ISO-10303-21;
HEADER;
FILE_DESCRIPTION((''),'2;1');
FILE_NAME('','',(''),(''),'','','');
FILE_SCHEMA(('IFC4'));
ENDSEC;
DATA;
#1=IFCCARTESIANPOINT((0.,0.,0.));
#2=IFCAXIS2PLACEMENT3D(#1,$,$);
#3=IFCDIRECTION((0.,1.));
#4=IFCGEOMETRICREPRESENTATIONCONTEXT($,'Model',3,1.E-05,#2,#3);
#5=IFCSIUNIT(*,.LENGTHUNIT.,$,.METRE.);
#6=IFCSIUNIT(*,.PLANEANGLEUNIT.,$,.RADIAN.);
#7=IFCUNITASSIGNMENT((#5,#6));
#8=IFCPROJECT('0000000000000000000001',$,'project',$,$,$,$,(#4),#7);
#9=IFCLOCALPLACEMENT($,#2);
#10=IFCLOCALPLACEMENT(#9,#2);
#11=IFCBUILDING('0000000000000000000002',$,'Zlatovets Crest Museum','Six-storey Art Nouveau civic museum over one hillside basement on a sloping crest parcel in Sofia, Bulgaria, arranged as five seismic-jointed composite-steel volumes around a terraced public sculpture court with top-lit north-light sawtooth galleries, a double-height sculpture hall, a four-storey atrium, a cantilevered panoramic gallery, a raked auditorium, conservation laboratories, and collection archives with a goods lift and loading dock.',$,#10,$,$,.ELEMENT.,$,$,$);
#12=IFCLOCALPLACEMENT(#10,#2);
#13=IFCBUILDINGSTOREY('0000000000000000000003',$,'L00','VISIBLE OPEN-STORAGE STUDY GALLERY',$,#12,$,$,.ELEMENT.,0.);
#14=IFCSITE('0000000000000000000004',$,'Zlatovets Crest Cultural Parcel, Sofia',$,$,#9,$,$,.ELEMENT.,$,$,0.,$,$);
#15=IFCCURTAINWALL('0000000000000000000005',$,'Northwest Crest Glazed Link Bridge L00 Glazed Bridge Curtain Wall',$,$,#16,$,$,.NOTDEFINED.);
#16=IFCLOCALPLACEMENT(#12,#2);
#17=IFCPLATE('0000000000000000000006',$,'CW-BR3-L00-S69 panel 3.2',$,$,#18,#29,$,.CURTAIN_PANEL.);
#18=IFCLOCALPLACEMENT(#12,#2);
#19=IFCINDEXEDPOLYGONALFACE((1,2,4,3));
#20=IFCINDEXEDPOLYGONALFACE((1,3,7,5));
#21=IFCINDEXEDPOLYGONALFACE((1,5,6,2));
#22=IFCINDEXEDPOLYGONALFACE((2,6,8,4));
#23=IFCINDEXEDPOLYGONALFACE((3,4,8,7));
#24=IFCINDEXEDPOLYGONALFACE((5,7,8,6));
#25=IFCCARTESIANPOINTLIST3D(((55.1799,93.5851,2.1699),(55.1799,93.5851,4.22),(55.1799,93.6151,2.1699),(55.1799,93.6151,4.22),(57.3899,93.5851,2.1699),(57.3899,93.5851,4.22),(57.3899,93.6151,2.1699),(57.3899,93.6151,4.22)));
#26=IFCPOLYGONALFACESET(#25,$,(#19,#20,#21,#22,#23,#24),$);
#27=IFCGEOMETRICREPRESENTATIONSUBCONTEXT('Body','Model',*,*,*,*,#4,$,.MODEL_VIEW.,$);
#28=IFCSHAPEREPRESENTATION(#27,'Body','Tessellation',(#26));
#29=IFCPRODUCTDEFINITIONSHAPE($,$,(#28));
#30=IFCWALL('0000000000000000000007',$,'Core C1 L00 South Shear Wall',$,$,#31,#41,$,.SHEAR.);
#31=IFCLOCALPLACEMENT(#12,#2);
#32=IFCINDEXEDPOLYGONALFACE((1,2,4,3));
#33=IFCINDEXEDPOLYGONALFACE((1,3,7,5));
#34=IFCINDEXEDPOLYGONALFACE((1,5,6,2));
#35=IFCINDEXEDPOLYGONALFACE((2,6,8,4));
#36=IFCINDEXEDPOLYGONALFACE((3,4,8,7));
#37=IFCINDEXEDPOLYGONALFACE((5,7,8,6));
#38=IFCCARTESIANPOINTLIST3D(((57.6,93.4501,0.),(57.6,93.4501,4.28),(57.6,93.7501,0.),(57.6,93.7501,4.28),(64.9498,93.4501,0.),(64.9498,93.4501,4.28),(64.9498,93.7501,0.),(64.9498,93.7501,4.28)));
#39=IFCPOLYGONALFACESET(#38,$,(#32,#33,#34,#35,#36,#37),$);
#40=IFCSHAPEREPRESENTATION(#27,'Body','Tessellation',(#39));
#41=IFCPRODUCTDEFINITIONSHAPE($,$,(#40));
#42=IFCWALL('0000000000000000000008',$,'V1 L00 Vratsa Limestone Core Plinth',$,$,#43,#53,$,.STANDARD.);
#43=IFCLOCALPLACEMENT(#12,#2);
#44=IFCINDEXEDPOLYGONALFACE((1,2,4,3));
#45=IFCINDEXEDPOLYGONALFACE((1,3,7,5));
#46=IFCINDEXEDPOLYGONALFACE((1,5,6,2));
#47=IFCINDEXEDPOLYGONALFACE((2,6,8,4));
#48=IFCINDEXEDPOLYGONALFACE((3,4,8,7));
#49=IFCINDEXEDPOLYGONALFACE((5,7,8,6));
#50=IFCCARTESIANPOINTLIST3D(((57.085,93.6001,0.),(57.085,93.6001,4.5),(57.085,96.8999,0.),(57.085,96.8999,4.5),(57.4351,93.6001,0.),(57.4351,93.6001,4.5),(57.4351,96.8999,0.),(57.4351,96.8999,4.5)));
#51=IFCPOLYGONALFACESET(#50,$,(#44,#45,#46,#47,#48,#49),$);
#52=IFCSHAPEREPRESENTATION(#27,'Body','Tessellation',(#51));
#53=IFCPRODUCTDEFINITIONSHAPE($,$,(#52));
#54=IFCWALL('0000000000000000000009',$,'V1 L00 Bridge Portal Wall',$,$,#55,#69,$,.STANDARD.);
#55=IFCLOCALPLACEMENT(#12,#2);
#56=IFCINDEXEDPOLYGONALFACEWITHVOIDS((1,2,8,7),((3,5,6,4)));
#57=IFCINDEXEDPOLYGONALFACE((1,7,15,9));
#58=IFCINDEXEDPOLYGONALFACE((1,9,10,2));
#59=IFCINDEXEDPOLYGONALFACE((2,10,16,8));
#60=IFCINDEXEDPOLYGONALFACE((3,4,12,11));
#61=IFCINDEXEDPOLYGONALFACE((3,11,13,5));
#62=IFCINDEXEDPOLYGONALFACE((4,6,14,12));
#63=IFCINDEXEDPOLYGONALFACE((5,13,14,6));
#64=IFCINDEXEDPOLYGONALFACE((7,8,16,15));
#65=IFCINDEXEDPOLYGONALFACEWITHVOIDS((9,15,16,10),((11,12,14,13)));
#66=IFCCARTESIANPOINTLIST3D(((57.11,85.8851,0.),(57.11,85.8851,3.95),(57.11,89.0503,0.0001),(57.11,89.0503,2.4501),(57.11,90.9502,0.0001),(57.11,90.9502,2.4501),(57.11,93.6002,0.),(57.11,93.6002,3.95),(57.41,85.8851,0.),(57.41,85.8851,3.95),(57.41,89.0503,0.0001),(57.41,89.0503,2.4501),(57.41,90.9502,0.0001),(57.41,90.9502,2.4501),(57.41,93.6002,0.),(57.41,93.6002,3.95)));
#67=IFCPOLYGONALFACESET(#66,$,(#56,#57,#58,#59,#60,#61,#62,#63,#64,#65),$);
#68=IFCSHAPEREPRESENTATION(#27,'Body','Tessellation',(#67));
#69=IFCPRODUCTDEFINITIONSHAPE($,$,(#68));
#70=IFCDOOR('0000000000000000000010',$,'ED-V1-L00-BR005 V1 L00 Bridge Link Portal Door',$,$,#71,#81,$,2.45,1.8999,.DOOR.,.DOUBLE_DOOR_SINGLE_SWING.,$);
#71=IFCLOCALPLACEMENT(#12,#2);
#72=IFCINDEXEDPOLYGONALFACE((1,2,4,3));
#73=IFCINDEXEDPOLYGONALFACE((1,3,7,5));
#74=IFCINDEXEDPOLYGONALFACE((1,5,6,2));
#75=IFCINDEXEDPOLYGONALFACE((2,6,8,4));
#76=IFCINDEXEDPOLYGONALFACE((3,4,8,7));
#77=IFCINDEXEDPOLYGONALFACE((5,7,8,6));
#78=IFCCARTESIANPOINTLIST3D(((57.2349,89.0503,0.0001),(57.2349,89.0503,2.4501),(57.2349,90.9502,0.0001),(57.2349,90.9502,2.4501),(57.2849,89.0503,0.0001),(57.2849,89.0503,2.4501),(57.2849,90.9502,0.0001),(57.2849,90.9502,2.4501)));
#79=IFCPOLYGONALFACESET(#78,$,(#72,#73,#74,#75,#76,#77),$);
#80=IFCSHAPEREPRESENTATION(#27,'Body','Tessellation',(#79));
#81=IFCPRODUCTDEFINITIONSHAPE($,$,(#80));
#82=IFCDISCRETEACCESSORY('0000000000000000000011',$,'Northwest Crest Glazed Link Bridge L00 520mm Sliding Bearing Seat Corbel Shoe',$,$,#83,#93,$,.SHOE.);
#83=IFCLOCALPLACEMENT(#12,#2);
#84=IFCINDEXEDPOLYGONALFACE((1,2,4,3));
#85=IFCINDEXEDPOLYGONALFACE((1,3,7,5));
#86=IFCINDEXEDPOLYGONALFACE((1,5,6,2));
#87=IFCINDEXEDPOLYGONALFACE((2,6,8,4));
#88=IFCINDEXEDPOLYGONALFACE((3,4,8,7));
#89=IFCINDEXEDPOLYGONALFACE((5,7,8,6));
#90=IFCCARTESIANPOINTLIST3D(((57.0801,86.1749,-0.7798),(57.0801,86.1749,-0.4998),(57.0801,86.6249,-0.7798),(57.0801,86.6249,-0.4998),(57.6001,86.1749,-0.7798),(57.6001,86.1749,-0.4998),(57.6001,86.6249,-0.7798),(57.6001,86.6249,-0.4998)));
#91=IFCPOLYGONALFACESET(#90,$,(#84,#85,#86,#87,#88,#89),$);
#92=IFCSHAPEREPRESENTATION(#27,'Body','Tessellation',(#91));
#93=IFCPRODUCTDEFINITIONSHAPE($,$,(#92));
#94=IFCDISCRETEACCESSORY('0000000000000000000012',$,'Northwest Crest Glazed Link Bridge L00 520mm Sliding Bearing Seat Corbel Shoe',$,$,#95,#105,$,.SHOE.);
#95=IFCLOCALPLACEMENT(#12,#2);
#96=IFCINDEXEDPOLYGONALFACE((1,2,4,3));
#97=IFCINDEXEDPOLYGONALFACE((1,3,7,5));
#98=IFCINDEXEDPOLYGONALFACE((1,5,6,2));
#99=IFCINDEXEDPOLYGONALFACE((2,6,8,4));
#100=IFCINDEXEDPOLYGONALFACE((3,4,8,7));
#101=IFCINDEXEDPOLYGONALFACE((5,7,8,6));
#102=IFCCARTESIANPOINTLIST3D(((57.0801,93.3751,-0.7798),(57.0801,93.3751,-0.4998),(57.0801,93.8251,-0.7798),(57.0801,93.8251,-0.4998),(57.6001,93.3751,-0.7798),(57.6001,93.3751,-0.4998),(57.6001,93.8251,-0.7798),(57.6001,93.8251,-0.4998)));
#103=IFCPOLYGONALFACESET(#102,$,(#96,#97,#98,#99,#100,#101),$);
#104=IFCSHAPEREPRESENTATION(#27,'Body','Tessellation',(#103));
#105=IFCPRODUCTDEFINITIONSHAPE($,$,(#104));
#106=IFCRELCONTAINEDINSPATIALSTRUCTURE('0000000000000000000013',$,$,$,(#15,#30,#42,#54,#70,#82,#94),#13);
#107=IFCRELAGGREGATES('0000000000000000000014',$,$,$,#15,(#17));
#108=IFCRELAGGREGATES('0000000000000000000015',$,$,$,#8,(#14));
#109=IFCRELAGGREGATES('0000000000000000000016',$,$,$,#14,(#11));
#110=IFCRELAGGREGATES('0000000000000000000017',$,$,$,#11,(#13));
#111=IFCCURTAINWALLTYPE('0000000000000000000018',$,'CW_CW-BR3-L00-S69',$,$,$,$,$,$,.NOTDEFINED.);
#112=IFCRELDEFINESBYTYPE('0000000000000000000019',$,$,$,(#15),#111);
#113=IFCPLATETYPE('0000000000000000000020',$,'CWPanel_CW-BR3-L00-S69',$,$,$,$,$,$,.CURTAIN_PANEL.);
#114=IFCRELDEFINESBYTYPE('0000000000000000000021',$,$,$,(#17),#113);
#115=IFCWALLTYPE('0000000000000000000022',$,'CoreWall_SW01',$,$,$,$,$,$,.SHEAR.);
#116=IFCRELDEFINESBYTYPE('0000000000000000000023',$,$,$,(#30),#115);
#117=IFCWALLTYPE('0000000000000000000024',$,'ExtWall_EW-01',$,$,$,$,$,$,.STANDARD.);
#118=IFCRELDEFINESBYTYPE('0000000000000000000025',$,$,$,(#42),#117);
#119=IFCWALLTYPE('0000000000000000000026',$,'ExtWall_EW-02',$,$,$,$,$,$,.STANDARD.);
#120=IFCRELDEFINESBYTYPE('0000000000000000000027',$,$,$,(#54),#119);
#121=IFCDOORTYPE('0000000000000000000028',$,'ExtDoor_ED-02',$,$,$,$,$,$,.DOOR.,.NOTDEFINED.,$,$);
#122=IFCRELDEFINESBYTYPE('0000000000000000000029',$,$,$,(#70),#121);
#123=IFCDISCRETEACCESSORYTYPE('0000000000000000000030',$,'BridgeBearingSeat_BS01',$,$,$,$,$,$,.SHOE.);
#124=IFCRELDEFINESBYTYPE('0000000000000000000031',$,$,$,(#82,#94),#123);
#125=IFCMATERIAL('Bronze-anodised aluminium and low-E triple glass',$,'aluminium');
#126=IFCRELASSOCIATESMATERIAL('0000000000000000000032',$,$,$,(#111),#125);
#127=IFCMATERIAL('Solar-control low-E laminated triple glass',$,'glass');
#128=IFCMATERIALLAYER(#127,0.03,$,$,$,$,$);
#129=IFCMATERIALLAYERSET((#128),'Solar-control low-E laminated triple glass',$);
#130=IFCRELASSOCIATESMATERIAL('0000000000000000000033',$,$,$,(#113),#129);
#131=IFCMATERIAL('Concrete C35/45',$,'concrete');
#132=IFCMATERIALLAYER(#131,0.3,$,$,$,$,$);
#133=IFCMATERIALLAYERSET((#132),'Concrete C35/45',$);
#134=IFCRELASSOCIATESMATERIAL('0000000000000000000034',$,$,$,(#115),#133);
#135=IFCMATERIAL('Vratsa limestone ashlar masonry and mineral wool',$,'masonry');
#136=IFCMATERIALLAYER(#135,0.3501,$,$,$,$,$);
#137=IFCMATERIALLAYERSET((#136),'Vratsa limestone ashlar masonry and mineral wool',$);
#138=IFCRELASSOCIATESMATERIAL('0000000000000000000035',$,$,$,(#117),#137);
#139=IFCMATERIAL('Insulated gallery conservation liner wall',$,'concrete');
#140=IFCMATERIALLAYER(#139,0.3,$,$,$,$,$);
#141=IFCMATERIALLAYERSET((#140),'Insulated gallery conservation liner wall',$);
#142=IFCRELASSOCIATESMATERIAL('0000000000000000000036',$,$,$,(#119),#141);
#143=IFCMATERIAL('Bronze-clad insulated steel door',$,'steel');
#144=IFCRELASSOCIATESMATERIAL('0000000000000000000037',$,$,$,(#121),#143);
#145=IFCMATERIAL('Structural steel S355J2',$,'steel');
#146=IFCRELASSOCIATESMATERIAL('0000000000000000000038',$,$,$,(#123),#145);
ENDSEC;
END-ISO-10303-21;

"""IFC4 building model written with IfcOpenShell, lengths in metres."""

from ifc_helpers import new_model, si_unit, direction, frame, frame_2d, origin, origin_2d, place, context, subcontext, project, spatial, rectangle, extrude, material, layer, layer_set, type_object, element, fill, aggregate, save


model = new_model("IFC4")

# Units and contexts
model_context = context("Model", 3, precision=1e-05, world=origin(), true_north=direction((0.0, 1.0)))
body_context = subcontext(model_context, "Body", "Model", "MODEL_VIEW")
ifc_project = project(units=[si_unit("LENGTHUNIT", "METRE"), si_unit("PLANEANGLEUNIT", "RADIAN")], contexts=[model_context])

# Site, building, storey
site_placement = place(None, origin())
site = spatial("IfcSite", under=ifc_project, at=site_placement, Name="Zlatovets Crest Cultural Parcel, Sofia", CompositionType="ELEMENT", RefElevation=0.0)
building_placement = place(site_placement, origin())
building = spatial("IfcBuilding", under=site, at=building_placement, Name="Zlatovets Crest Museum", Description="Six-storey Art Nouveau civic museum over one hillside basement on a sloping crest parcel in Sofia, Bulgaria, arranged as five seismic-jointed composite-steel volumes around a terraced public sculpture court with top-lit north-light sawtooth galleries, a double-height sculpture hall, a four-storey atrium, a cantilevered panoramic gallery, a raked auditorium, conservation laboratories, and collection archives with a goods lift and loading dock.", CompositionType="ELEMENT")
storey_placement = place(building_placement, origin())
storey = spatial("IfcBuildingStorey", under=building, at=storey_placement, Name="L00", Description="VISIBLE OPEN-STORAGE STUDY GALLERY", CompositionType="ELEMENT", Elevation=0.0)

# Shared definitions
ifc_material_1 = material(Name="Structural steel S355J2", Category="steel")

# Curtain wall
ifc_material_2 = material(Name="Bronze-anodised aluminium and low-E triple glass", Category="aluminium")
curtain_wall_type = type_object("IfcCurtainWallType", Name="CW_CW-BR3-L00-S69", PredefinedType="NOTDEFINED", material=ifc_material_2)
curtain_wall_1_placement = place(storey_placement, origin())
curtain_wall_1 = element("IfcCurtainWall", 1, at=curtain_wall_1_placement, inside=storey, type_object=curtain_wall_type, Name="Northwest Crest Glazed Link Bridge L00 Glazed Bridge Curtain Wall", PredefinedType="NOTDEFINED")

# Plate
ifc_material_3 = material(Name="Solar-control low-E laminated triple glass", Category="glass")
ifc_layer_1 = layer(ifc_material_3, 0.03)
ifc_layer_set_1 = layer_set([ifc_layer_1], Name="Solar-control low-E laminated triple glass")
plate_type = type_object("IfcPlateType", Name="CWPanel_CW-BR3-L00-S69", PredefinedType="CURTAIN_PANEL", material=ifc_layer_set_1)
plate_1_placement = place(storey_placement, frame((56.2849, 93.6001, 2.1699), z_axis=(0.0, 0.0, 1.0), x_axis=(1.0, 0.0, 0.0)))
plate_1 = element("IfcPlate", 2, at=plate_1_placement, type_object=plate_type, Name="CW-BR3-L00-S69 panel 3.2", PredefinedType="CURTAIN_PANEL", context=body_context, shape_type="SweptSolid", body=[
    extrude(rectangle(XDim=2.21, YDim=0.03, at=origin_2d()), origin(), (0.0, 0.0, 1.0), 2.05),
])
aggregate(curtain_wall_1, [plate_1])

# Walls
ifc_material_4 = material(Name="Concrete C35/45", Category="concrete")
ifc_layer_2 = layer(ifc_material_4, 0.3)
ifc_layer_set_2 = layer_set([ifc_layer_2], Name="Concrete C35/45")
wall_type_1 = type_object("IfcWallType", Name="CoreWall_SW01", PredefinedType="SHEAR", material=ifc_layer_set_2)
wall_1_placement = place(storey_placement, frame((57.6001, 93.6001, 0.0), z_axis=(0.0, 0.0, 1.0), x_axis=(1.0, 0.0, 0.0)))
element("IfcWall", 3, at=wall_1_placement, inside=storey, type_object=wall_type_1, Name="Core C1 L00 South Shear Wall", PredefinedType="SHEAR", context=body_context, shape_type="SweptSolid", body=[
    extrude(rectangle(XDim=7.3499, YDim=0.3, at=frame_2d((3.6748, 0.0))), origin(), (0.0, 0.0, 1.0), 4.28),
])
ifc_material_5 = material(Name="Vratsa limestone ashlar masonry and mineral wool", Category="masonry")
ifc_layer_3 = layer(ifc_material_5, 0.3501)
ifc_layer_set_3 = layer_set([ifc_layer_3], Name="Vratsa limestone ashlar masonry and mineral wool")
wall_type_2 = type_object("IfcWallType", Name="ExtWall_EW-01", PredefinedType="STANDARD", material=ifc_layer_set_3)
wall_2_placement = place(storey_placement, frame((57.26, 96.8999, 0.0), z_axis=(0.0, 0.0, 1.0), x_axis=(0.0, -1.0, 0.0)))
element("IfcWall", 4, at=wall_2_placement, inside=storey, type_object=wall_type_2, Name="V1 L00 Vratsa Limestone Core Plinth", PredefinedType="STANDARD", context=body_context, shape_type="SweptSolid", body=[
    extrude(rectangle(XDim=3.2998, YDim=0.3501, at=frame_2d((1.6499, 0.0))), origin(), (0.0, 0.0, 1.0), 4.5),
])

# Wall, opening, door
ifc_material_6 = material(Name="Insulated gallery conservation liner wall", Category="concrete")
ifc_layer_4 = layer(ifc_material_6, 0.3)
ifc_layer_set_4 = layer_set([ifc_layer_4], Name="Insulated gallery conservation liner wall")
wall_type_3 = type_object("IfcWallType", Name="ExtWall_EW-02", PredefinedType="STANDARD", material=ifc_layer_set_4)
wall_3_placement = place(storey_placement, frame((57.26, 93.6001, 0.0), z_axis=(0.0, 0.0, 1.0), x_axis=(0.0, -1.0, 0.0)))
wall_3 = element("IfcWall", 5, at=wall_3_placement, inside=storey, type_object=wall_type_3, Name="V1 L00 Bridge Portal Wall", PredefinedType="STANDARD", context=body_context, shape_type="SweptSolid", body=[
    extrude(rectangle(XDim=7.7151, YDim=0.3, at=frame_2d((3.8574, 0.0))), origin(), (0.0, 0.0, 1.0), 3.95),
])
opening_placement = place(wall_3_placement, frame((2.6499, 0.0, 0.0)))
opening = element("IfcOpeningElement", 6, at=opening_placement, cuts=wall_3, PredefinedType="OPENING", context=body_context, shape_type="SweptSolid", body=[
    extrude(rectangle(XDim=1.8999, YDim=2.45, at=frame_2d((0.95, 1.2251))), frame((0.0, 0.1602, 0.0), z_axis=(0.0, -1.0, 0.0), x_axis=(1.0, 0.0, 0.0)), (0.0, 0.0, 1.0), 0.3201),
])
ifc_material_7 = material(Name="Bronze-clad insulated steel door", Category="steel")
door_type = type_object("IfcDoorType", Name="ExtDoor_ED-02", OperationType="NOTDEFINED", PredefinedType="DOOR", material=ifc_material_7)
door_placement = place(opening_placement, origin())
door = element("IfcDoor", 7, at=door_placement, inside=storey, type_object=door_type, Name="ED-V1-L00-BR005 V1 L00 Bridge Link Portal Door", OperationType="DOUBLE_DOOR_SINGLE_SWING", OverallHeight=2.45, OverallWidth=1.8999, PredefinedType="DOOR", context=body_context, shape_type="SweptSolid", body=[
    extrude(rectangle(XDim=1.8999, YDim=2.45, at=frame_2d((0.95, 1.2251))), frame((0.0, 0.0249, 0.0), z_axis=(0.0, -1.0, 0.0), x_axis=(1.0, 0.0, 0.0)), (0.0, 0.0, 1.0), 0.05),
])
fill(opening, door)

# Discrete accessories
discrete_accessory_type = type_object("IfcDiscreteAccessoryType", Name="BridgeBearingSeat_BS01", PredefinedType="SHOE", material=ifc_material_1)
for number, where, z_axis, x_axis, name in (
    (8, (57.3401, 86.3999, -0.7798), (0.0, 0.0, 1.0), (1.0, 0.0, 0.0), "Northwest Crest Glazed Link Bridge L00 520mm Sliding Bearing Seat Corbel Shoe"),
    (9, (57.3401, 93.6001, -0.7798), (0.0, 0.0, 1.0), (1.0, 0.0, 0.0), "Northwest Crest Glazed Link Bridge L00 520mm Sliding Bearing Seat Corbel Shoe"),
):
    element("IfcDiscreteAccessory", number, at=place(storey_placement, frame(where, z_axis=z_axis, x_axis=x_axis)), inside=storey, type_object=discrete_accessory_type, Name=name, PredefinedType="SHOE", context=body_context, shape_type="SweptSolid", body=[
        extrude(rectangle(XDim=0.52, YDim=0.45, at=origin_2d()), origin(), (0.0, 0.0, 1.0), 0.28),
    ])

save(model, "model.ifc")
